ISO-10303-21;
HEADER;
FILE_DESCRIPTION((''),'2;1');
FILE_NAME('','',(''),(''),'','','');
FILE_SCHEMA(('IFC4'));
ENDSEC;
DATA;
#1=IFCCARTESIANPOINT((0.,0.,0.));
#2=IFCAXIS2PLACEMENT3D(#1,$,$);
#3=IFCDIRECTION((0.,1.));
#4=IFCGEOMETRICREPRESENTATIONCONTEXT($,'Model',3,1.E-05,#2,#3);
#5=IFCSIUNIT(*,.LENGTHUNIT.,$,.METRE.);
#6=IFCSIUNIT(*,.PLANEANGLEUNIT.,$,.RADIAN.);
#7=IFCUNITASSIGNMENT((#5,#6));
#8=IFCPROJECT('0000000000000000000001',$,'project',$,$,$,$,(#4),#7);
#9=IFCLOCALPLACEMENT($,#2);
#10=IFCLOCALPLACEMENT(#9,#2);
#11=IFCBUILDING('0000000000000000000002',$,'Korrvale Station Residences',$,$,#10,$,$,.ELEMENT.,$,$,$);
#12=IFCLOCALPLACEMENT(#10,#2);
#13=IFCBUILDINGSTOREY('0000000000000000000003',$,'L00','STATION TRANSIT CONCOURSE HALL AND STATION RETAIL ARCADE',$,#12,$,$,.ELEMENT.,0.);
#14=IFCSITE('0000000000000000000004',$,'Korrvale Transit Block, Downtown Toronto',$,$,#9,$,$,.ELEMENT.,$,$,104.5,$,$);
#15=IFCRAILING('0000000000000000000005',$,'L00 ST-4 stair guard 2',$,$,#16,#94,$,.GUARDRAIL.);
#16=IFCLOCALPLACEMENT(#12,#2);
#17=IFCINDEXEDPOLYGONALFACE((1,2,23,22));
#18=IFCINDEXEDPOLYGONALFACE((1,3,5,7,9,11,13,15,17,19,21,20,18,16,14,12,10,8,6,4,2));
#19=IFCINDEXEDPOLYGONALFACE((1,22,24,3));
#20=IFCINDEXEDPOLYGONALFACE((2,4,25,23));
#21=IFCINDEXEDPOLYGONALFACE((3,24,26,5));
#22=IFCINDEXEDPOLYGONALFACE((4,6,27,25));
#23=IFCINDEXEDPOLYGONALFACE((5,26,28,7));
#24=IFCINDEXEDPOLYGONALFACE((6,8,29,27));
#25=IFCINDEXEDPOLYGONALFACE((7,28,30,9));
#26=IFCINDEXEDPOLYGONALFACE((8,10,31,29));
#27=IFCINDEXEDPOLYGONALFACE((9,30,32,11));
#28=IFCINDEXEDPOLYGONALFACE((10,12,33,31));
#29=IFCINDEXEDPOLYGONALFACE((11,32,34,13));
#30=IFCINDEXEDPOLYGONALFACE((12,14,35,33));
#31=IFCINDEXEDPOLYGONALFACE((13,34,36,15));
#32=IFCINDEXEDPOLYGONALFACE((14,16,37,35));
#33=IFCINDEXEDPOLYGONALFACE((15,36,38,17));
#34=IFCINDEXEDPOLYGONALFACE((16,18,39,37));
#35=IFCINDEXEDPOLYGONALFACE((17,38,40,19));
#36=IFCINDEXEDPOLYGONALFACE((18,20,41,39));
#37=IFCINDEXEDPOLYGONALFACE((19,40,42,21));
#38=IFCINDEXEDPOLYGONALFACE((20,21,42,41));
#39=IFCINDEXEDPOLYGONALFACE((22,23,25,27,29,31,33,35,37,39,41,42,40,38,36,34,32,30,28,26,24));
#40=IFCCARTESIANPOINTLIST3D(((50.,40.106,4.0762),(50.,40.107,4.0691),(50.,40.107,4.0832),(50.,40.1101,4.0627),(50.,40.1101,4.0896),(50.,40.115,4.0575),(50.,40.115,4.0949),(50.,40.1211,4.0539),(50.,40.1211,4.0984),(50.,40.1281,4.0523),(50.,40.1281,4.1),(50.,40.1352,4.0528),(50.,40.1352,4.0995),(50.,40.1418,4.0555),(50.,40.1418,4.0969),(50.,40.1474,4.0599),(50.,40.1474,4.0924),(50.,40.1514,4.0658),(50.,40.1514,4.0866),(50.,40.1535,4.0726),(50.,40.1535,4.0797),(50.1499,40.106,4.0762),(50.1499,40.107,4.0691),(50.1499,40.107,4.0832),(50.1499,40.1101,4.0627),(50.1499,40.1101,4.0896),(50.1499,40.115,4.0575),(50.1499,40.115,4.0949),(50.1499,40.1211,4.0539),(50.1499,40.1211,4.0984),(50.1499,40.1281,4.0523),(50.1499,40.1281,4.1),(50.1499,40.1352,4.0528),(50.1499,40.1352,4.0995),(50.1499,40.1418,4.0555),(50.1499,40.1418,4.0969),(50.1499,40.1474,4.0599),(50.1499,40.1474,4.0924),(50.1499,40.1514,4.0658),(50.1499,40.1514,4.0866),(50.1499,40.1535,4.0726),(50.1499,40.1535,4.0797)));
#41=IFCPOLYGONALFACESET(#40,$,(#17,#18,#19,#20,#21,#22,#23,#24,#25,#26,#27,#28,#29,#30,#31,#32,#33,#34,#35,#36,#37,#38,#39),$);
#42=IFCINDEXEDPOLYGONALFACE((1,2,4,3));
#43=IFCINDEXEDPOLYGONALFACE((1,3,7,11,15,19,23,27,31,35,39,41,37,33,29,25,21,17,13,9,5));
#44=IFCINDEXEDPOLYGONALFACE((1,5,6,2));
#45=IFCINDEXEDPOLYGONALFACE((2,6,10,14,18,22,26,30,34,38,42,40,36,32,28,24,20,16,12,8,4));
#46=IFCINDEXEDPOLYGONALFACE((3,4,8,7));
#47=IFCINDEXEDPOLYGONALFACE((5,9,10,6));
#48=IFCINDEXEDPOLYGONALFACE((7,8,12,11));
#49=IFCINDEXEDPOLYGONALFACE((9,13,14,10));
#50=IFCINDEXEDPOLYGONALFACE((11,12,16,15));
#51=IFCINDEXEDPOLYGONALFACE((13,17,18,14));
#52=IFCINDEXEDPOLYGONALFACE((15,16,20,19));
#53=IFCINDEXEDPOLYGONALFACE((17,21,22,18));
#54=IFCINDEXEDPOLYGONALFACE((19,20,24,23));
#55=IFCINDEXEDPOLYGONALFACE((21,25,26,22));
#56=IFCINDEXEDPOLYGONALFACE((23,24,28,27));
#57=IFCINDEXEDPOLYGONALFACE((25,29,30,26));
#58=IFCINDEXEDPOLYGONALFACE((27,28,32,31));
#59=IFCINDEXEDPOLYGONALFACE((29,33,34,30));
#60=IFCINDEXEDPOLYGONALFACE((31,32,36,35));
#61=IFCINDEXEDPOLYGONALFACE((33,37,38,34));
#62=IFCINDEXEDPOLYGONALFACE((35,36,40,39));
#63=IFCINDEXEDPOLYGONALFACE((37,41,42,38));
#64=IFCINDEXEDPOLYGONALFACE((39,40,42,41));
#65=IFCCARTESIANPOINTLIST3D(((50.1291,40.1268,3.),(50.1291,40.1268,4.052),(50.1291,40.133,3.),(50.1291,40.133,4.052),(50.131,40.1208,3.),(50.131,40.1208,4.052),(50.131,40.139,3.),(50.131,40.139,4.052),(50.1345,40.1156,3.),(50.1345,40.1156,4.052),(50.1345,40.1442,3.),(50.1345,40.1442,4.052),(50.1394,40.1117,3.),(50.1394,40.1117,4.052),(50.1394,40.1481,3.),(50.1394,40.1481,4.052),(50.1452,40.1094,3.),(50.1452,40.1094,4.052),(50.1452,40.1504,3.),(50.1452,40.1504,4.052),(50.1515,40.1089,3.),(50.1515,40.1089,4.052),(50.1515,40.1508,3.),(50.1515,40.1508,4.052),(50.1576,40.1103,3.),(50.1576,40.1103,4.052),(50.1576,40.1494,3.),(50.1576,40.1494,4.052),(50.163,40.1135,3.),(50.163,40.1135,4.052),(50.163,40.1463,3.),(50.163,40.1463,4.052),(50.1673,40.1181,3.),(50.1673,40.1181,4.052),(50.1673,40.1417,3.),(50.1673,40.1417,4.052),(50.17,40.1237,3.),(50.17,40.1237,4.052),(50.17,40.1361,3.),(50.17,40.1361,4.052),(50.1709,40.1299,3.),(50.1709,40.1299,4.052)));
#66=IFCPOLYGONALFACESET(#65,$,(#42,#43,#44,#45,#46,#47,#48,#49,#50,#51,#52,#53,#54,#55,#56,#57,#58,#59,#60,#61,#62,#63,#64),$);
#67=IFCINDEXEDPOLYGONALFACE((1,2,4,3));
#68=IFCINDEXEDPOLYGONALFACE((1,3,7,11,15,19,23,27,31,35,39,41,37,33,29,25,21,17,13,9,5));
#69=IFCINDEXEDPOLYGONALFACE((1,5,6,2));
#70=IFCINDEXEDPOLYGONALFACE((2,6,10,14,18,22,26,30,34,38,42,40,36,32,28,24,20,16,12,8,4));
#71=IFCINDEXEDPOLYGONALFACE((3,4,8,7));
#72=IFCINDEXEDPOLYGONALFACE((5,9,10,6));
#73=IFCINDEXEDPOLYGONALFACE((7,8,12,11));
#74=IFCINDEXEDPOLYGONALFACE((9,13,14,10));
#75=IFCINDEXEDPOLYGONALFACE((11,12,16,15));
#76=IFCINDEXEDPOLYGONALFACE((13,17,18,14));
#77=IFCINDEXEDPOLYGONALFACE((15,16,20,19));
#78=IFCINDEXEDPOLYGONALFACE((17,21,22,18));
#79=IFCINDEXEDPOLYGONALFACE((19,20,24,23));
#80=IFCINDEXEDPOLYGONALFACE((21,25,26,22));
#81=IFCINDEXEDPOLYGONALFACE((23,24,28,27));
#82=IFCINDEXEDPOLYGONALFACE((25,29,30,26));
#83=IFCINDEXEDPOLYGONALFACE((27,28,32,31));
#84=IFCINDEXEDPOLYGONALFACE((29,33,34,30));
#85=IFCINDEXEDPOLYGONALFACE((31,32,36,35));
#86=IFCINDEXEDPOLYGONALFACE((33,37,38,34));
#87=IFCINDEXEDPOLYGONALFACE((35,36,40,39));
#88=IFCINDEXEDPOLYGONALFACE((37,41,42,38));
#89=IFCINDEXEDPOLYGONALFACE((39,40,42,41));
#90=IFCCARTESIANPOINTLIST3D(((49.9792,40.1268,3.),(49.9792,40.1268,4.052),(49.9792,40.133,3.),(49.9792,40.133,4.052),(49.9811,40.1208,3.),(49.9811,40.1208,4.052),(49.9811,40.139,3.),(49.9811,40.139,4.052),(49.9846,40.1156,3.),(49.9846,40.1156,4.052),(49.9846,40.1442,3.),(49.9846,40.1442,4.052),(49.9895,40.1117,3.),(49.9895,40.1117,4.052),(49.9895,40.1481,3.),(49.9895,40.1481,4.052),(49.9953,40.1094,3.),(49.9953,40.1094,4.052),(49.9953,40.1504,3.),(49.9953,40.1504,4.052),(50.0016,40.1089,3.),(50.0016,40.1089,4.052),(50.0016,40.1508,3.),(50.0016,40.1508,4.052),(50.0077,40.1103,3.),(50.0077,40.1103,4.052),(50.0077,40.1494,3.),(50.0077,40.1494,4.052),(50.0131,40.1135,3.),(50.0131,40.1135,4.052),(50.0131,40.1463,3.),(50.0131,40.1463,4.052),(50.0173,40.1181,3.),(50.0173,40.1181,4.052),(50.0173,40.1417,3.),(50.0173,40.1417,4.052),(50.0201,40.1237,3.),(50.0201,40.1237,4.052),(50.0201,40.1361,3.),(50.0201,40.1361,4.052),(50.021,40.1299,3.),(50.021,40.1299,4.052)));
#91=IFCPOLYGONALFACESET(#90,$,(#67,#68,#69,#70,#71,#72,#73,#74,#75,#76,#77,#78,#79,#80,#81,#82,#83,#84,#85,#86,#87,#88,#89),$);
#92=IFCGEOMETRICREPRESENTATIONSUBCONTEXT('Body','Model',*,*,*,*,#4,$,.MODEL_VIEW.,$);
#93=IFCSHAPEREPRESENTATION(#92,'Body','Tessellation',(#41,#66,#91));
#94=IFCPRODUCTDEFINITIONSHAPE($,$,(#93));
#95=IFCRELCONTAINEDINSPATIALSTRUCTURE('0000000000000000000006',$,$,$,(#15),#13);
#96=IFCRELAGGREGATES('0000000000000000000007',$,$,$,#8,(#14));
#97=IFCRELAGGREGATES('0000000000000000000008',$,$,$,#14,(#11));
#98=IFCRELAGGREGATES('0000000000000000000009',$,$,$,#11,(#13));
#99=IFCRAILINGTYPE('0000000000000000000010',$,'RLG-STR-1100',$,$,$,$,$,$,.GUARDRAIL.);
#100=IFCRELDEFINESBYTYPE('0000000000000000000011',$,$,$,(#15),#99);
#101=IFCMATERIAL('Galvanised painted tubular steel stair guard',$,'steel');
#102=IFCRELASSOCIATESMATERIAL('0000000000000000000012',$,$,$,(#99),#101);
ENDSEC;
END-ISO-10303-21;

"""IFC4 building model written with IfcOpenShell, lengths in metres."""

from ifc_helpers import new_model, si_unit, direction, frame, origin, origin_2d, place, context, subcontext, project, spatial, circle, extrude, material, type_object, element, save


model = new_model("IFC4")

# Units and contexts
model_context = context("Model", 3, precision=1e-05, world=origin(), true_north=direction((0.0, 1.0)))
body_context = subcontext(model_context, "Body", "Model", "MODEL_VIEW")
ifc_project = project(units=[si_unit("LENGTHUNIT", "METRE"), si_unit("PLANEANGLEUNIT", "RADIAN")], contexts=[model_context])

# Site, building, storey
site_placement = place(None, origin())
site = spatial("IfcSite", under=ifc_project, at=site_placement, Name="Korrvale Transit Block, Downtown Toronto", CompositionType="ELEMENT", RefElevation=104.5)
building_placement = place(site_placement, origin())
building = spatial("IfcBuilding", under=site, at=building_placement, Name="Korrvale Station Residences", CompositionType="ELEMENT")
storey_placement = place(building_placement, origin())
storey = spatial("IfcBuildingStorey", under=building, at=storey_placement, Name="L00", Description="STATION TRANSIT CONCOURSE HALL AND STATION RETAIL ARCADE", CompositionType="ELEMENT", Elevation=0.0)

# Railing
ifc_material_1 = material(Name="Galvanised painted tubular steel stair guard", Category="steel")
railing_type_1 = type_object("IfcRailingType", Name="RLG-STR-1100", PredefinedType="GUARDRAIL", material=ifc_material_1)
railing_1_placement = place(storey_placement, frame((50.1499, 40.1299, 3.0)))
element("IfcRailing", 1, at=railing_1_placement, inside=storey, type_object=railing_type_1, Name="L00 ST-4 stair guard 2", PredefinedType="GUARDRAIL", context=body_context, shape_type="SweptSolid", body=[
    extrude(circle(Radius=0.0239, at=origin_2d()), frame((0.0, 0.0, 1.0762), z_axis=(-1.0, 0.0, 0.0), x_axis=(0.0, -1.0, 0.0)), (0.0, 0.0, 1.0), 0.1499),
    extrude(circle(Radius=0.021, at=origin_2d()), origin(), (0.0, 0.0, 1.0), 1.052),
    extrude(circle(Radius=0.021, at=origin_2d()), frame((-0.1499, 0.0, 0.0)), (0.0, 0.0, 1.0), 1.052),
])

save(model, "model.ifc")
